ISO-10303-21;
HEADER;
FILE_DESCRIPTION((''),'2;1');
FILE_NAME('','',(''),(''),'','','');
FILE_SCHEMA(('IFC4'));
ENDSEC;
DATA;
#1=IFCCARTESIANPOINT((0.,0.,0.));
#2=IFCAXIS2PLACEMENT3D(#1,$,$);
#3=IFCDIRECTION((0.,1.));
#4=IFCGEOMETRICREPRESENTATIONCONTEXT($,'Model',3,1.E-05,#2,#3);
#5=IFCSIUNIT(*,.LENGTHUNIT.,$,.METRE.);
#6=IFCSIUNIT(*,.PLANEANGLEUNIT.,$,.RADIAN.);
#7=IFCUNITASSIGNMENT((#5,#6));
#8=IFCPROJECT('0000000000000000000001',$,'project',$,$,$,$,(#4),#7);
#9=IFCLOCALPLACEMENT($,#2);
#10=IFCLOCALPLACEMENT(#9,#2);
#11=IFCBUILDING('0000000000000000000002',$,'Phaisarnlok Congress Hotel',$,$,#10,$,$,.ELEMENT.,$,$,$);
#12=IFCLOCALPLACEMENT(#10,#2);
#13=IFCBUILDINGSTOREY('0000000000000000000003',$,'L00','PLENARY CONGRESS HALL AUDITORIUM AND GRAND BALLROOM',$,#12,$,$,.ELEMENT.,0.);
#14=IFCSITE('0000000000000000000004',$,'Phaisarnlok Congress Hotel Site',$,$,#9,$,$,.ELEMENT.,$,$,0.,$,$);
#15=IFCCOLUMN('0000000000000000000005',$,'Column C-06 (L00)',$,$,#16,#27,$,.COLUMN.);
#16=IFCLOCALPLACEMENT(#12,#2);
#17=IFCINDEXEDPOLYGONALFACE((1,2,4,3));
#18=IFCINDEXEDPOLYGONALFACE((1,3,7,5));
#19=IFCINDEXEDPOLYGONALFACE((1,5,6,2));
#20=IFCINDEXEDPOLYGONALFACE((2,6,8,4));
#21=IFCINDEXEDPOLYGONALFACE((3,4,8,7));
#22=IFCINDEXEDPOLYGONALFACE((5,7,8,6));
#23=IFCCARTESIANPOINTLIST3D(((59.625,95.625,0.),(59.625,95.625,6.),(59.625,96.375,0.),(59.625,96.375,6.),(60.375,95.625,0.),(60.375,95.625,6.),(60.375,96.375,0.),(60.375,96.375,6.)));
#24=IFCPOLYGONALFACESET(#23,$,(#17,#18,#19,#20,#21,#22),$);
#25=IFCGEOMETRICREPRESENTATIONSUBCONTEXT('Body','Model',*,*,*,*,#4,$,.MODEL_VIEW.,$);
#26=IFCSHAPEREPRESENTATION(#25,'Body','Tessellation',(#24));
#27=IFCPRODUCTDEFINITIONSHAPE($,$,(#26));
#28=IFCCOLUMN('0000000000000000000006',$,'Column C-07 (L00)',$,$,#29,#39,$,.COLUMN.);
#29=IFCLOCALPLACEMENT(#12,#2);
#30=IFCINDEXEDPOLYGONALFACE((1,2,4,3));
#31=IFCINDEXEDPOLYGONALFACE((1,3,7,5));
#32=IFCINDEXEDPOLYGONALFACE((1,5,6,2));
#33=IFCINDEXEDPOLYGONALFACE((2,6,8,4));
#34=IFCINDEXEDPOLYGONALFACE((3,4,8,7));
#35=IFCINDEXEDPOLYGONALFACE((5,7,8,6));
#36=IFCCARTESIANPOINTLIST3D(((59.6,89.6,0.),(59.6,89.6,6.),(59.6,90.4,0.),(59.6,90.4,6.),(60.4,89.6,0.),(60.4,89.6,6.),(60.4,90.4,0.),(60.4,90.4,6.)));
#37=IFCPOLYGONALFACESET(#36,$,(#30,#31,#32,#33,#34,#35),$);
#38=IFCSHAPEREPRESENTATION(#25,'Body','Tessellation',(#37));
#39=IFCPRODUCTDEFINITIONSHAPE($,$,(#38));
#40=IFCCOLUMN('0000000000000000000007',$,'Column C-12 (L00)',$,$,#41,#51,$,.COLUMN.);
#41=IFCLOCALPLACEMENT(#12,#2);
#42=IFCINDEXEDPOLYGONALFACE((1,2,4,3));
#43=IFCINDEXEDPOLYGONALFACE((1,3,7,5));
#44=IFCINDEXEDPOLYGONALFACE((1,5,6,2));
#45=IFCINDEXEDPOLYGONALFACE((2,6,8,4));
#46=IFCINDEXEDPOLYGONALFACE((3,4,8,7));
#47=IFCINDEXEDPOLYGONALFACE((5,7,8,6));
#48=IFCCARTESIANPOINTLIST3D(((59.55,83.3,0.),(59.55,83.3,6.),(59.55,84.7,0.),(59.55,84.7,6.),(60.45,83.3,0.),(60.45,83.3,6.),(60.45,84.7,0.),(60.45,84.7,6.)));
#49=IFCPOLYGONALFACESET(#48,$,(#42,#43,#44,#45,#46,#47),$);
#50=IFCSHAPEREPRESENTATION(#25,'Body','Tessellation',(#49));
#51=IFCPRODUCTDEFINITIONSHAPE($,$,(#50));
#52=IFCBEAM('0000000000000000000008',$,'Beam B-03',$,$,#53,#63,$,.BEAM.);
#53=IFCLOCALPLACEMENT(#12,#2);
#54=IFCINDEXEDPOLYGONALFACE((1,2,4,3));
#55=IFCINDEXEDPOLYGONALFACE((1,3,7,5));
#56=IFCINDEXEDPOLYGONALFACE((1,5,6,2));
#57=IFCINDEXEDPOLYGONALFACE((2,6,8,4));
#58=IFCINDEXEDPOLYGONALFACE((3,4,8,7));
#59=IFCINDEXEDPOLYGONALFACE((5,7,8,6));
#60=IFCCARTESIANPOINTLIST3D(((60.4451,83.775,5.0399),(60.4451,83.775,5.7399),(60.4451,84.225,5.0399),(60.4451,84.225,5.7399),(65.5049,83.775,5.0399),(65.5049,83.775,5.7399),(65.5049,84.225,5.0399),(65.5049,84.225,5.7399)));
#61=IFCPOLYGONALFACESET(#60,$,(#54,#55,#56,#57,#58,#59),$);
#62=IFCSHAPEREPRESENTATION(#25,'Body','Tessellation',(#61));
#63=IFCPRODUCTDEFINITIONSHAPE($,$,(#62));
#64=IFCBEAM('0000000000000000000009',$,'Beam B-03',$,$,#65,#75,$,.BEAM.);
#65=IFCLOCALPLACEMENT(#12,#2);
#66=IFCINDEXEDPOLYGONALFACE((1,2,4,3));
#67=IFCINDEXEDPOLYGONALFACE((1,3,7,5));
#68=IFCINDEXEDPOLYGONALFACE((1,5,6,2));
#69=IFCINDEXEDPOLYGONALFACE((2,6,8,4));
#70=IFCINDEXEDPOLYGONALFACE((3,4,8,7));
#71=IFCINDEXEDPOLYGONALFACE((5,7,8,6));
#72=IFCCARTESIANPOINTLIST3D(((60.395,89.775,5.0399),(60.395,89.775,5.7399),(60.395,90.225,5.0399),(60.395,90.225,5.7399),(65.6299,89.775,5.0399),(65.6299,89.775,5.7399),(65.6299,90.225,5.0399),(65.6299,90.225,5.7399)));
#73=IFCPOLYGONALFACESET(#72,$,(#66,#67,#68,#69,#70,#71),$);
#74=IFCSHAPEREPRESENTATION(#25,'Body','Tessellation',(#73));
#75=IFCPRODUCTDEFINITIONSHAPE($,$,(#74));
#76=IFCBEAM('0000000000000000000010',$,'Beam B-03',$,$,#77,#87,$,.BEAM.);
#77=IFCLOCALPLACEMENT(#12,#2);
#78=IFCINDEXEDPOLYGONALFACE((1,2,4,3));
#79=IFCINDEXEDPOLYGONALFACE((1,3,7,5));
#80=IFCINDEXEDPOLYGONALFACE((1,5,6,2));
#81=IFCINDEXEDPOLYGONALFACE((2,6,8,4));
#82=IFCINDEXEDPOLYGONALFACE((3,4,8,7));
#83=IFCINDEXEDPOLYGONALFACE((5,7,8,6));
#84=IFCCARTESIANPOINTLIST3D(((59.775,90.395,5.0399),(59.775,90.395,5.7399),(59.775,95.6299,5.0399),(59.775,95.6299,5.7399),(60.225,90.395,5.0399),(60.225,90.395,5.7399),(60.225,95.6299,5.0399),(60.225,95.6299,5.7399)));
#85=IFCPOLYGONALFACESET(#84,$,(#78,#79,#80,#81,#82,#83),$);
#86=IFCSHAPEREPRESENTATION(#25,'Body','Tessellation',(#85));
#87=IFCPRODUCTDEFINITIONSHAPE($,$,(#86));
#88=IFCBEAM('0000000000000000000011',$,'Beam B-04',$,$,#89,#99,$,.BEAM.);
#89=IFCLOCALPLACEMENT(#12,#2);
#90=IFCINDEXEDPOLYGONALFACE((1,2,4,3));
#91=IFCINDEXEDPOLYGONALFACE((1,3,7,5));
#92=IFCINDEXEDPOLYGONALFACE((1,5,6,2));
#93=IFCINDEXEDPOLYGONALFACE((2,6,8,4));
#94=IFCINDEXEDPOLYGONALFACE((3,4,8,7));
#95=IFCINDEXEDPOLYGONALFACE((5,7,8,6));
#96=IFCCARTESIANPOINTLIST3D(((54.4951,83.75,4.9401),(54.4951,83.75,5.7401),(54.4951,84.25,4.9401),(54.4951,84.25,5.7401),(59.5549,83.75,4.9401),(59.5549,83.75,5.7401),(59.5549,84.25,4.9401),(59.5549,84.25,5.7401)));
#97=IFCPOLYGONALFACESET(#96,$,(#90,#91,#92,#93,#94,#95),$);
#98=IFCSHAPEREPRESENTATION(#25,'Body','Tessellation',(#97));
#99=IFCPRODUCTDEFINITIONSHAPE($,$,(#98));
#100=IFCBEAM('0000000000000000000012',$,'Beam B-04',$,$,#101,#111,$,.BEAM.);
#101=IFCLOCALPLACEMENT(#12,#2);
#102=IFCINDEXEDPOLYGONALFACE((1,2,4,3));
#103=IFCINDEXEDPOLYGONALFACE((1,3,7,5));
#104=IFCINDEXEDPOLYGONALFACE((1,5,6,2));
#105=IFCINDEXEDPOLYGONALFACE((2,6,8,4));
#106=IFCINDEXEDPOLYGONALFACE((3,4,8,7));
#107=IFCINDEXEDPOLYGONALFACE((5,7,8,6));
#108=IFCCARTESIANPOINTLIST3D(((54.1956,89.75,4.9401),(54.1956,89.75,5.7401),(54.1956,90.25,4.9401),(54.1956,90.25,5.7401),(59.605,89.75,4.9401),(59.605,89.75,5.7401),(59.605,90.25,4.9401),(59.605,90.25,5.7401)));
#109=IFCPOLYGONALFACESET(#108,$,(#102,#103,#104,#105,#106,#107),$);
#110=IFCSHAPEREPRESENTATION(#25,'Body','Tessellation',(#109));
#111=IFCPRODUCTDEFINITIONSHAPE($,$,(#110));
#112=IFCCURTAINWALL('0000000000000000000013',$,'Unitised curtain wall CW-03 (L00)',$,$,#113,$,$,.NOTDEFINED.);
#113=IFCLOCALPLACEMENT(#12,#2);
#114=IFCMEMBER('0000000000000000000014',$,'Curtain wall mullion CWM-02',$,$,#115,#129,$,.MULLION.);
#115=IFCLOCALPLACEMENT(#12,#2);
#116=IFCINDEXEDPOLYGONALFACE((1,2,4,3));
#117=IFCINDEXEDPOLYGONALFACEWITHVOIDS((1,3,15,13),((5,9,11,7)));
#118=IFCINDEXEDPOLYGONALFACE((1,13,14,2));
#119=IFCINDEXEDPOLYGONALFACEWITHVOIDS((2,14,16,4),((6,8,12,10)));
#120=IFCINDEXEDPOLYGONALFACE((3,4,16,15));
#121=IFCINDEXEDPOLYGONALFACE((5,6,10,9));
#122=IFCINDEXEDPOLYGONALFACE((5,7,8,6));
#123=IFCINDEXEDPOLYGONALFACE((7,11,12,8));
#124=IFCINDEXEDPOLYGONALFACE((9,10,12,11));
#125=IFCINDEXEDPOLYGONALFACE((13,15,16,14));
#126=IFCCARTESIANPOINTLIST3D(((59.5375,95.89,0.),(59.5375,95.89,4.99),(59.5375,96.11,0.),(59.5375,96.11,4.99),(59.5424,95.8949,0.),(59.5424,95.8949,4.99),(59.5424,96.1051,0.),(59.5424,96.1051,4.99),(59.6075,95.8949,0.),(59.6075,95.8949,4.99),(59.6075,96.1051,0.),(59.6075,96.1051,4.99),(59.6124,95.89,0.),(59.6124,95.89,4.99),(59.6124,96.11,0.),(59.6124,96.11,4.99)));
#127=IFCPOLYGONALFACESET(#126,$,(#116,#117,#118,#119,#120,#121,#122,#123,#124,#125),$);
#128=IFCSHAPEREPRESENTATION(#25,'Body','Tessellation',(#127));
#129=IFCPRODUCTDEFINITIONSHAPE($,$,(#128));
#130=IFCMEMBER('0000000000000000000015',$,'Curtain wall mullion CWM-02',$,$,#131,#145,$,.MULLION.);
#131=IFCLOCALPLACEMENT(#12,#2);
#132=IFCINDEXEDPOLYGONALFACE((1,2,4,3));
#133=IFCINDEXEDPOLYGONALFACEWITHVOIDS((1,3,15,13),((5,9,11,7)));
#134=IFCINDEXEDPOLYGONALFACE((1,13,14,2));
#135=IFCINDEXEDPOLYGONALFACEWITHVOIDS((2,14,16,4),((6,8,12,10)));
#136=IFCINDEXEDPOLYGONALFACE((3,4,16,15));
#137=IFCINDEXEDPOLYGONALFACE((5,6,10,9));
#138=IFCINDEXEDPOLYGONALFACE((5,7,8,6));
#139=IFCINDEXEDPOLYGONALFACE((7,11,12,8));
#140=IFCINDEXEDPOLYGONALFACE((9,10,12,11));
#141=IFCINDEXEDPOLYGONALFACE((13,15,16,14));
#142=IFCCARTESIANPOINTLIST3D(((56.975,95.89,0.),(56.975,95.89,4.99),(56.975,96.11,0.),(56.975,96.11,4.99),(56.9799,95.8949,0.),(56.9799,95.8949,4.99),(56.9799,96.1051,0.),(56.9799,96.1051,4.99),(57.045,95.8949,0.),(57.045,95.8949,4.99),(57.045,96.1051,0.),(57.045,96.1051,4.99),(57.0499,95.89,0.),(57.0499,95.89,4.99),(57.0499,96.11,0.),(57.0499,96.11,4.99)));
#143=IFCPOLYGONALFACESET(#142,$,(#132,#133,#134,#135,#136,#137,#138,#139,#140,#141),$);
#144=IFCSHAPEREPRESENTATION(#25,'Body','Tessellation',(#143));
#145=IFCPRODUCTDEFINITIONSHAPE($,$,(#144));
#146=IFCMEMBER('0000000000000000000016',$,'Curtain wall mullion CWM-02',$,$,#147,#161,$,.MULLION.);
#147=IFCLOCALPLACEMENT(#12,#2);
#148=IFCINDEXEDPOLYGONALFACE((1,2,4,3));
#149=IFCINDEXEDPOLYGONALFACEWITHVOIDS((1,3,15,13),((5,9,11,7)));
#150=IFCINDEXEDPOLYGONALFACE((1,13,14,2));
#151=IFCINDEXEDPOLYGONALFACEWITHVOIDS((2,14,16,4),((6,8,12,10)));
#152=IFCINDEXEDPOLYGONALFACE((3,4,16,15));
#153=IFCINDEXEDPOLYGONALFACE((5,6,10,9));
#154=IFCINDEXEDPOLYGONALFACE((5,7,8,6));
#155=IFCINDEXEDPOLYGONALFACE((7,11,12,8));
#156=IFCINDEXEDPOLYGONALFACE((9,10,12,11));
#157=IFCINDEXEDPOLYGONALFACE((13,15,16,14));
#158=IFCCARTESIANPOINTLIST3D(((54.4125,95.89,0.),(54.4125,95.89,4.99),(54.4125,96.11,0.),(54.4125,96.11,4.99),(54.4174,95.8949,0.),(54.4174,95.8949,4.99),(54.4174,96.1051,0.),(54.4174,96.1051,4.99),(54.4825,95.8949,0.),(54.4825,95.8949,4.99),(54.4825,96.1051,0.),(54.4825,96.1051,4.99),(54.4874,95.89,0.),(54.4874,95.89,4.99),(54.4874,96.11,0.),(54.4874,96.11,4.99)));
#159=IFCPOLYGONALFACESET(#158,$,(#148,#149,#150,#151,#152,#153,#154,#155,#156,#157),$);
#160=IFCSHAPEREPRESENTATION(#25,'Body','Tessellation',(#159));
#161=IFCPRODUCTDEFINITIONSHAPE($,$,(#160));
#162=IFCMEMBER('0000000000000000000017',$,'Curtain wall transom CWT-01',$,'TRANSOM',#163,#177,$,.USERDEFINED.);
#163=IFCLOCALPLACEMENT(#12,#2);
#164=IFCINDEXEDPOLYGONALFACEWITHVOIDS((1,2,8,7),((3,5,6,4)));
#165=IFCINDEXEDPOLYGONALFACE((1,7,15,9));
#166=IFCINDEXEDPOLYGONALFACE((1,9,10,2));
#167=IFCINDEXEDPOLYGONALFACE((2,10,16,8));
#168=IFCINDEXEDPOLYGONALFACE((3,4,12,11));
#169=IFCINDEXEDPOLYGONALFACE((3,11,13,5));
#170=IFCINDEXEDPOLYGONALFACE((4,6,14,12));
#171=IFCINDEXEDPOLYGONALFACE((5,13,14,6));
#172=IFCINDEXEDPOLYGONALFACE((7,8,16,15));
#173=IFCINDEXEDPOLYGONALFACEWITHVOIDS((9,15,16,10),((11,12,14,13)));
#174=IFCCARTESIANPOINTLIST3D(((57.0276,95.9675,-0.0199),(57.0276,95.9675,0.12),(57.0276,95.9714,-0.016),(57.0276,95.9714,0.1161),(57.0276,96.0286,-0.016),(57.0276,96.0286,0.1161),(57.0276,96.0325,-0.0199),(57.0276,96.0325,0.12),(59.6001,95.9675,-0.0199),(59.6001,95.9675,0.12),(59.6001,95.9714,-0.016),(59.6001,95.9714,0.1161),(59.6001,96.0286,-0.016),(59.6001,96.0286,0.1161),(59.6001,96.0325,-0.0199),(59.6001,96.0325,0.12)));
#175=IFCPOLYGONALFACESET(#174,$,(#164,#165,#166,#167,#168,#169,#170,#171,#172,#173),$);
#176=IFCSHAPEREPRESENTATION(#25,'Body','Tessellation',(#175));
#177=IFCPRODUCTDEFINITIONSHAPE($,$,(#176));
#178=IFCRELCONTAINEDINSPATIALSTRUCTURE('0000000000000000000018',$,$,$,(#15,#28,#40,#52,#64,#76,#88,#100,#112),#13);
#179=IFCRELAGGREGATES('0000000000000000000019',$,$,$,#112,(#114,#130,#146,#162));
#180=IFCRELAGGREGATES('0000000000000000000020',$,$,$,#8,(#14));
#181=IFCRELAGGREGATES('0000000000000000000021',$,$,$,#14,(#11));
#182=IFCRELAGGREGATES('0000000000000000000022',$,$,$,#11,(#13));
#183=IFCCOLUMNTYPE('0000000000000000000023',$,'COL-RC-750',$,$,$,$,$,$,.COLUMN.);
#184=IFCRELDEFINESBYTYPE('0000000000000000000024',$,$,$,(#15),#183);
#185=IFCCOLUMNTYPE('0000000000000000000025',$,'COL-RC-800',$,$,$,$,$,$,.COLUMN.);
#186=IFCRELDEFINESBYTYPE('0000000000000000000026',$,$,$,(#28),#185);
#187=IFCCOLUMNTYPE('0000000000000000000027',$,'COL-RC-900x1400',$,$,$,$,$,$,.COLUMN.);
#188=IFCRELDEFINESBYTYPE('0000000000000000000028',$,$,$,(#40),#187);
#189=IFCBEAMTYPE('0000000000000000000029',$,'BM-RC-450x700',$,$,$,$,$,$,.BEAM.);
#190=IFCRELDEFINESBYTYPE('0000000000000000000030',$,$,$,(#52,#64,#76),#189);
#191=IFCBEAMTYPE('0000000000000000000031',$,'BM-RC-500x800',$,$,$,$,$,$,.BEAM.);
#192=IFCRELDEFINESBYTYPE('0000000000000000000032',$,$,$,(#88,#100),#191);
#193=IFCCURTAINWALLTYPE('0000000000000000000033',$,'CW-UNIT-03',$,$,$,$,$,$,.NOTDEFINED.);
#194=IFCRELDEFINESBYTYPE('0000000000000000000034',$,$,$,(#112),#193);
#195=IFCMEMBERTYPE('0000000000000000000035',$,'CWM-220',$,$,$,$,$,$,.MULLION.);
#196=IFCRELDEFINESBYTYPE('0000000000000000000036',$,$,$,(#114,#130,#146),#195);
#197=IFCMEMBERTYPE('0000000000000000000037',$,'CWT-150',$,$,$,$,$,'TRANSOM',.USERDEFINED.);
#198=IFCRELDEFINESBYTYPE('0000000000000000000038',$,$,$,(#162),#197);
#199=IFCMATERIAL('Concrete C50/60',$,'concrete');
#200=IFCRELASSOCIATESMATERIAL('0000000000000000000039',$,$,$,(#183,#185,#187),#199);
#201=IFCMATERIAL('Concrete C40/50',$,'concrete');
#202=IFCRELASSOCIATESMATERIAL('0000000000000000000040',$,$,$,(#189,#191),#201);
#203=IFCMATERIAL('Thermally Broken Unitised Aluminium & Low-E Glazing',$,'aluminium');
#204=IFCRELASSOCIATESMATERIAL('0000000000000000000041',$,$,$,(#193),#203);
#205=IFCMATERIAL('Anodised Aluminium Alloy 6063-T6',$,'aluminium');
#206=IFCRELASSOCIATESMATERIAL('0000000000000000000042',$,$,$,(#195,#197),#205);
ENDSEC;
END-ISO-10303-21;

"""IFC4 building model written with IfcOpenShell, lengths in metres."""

from ifc_helpers import new_model, si_unit, direction, frame, origin, origin_2d, place, context, subcontext, project, spatial, rectangle, hollow_rectangle, extrude, material, material_profile, profile_set, type_object, element, aggregate, save


model = new_model("IFC4")

# Units and contexts
model_context = context("Model", 3, precision=1e-05, world=origin(), true_north=direction((0.0, 1.0)))
body_context = subcontext(model_context, "Body", "Model", "MODEL_VIEW")
ifc_project = project(units=[si_unit("LENGTHUNIT", "METRE"), si_unit("PLANEANGLEUNIT", "RADIAN")], contexts=[model_context])

# Site, building, storey
site_placement = place(None, origin())
site = spatial("IfcSite", under=ifc_project, at=site_placement, Name="Phaisarnlok Congress Hotel Site", CompositionType="ELEMENT", RefElevation=0.0)
building_placement = place(site_placement, origin())
building = spatial("IfcBuilding", under=site, at=building_placement, Name="Phaisarnlok Congress Hotel", CompositionType="ELEMENT")
storey_placement = place(building_placement, origin())
storey = spatial("IfcBuildingStorey", under=building, at=storey_placement, Name="L00", Description="PLENARY CONGRESS HALL AUDITORIUM AND GRAND BALLROOM", CompositionType="ELEMENT", Elevation=0.0)

# Columns
ifc_material_1 = material(Name="Concrete C50/60", Category="concrete")
ifc_material_profile_1 = material_profile(ifc_material_1, rectangle(XDim=0.75, YDim=0.75, at=origin_2d()), Name="RC 750x750")
ifc_profile_set_1 = profile_set([ifc_material_profile_1], Name="Concrete C50/60")
column_type_1 = type_object("IfcColumnType", Name="COL-RC-750", PredefinedType="COLUMN", material=ifc_profile_set_1)
column_1_placement = place(storey_placement, frame((60.0, 96.0, 0.0), z_axis=(0.0, 0.0, 1.0), x_axis=(1.0, 0.0, 0.0)))
element("IfcColumn", 1, at=column_1_placement, inside=storey, type_object=column_type_1, Name="Column C-06 (L00)", PredefinedType="COLUMN", context=body_context, shape_type="SweptSolid", body=[
    extrude(rectangle(XDim=0.75, YDim=0.75, at=origin_2d()), origin(), (0.0, 0.0, 1.0), 6.0),
])
ifc_material_profile_2 = material_profile(ifc_material_1, rectangle(XDim=0.8, YDim=0.8, at=origin_2d()), Name="RC 800x800")
ifc_profile_set_2 = profile_set([ifc_material_profile_2], Name="Concrete C50/60")
column_type_2 = type_object("IfcColumnType", Name="COL-RC-800", PredefinedType="COLUMN", material=ifc_profile_set_2)
column_2_placement = place(storey_placement, frame((60.0, 90.0, 0.0), z_axis=(0.0, 0.0, 1.0), x_axis=(1.0, 0.0, 0.0)))
element("IfcColumn", 2, at=column_2_placement, inside=storey, type_object=column_type_2, Name="Column C-07 (L00)", PredefinedType="COLUMN", context=body_context, shape_type="SweptSolid", body=[
    extrude(rectangle(XDim=0.8, YDim=0.8, at=origin_2d()), origin(), (0.0, 0.0, 1.0), 6.0),
])
ifc_material_profile_3 = material_profile(ifc_material_1, rectangle(XDim=0.8999, YDim=1.3999, at=origin_2d()), Name="RC 900x1400")
ifc_profile_set_3 = profile_set([ifc_material_profile_3], Name="Concrete C50/60")
column_type_3 = type_object("IfcColumnType", Name="COL-RC-900x1400", PredefinedType="COLUMN", material=ifc_profile_set_3)
column_3_placement = place(storey_placement, frame((60.0, 84.0, 0.0), z_axis=(0.0, 0.0, 1.0), x_axis=(1.0, 0.0, 0.0)))
element("IfcColumn", 3, at=column_3_placement, inside=storey, type_object=column_type_3, Name="Column C-12 (L00)", PredefinedType="COLUMN", context=body_context, shape_type="SweptSolid", body=[
    extrude(rectangle(XDim=0.8999, YDim=1.3999, at=origin_2d()), origin(), (0.0, 0.0, 1.0), 6.0),
])

# Beams
ifc_material_2 = material(Name="Concrete C40/50", Category="concrete")
ifc_material_profile_4 = material_profile(ifc_material_2, rectangle(XDim=0.45, YDim=0.7, at=origin_2d()), Name="RC 450x700")
ifc_profile_set_4 = profile_set([ifc_material_profile_4], Name="Concrete C40/50")
beam_type_1 = type_object("IfcBeamType", Name="BM-RC-450x700", PredefinedType="BEAM", material=ifc_profile_set_4)
beam_1_placement = place(storey_placement, frame((60.4451, 84.0, 5.3899), z_axis=(1.0, 0.0, 0.0), x_axis=(0.0, 1.0, 0.0)))
element("IfcBeam", 4, at=beam_1_placement, inside=storey, type_object=beam_type_1, Name="Beam B-03", PredefinedType="BEAM", context=body_context, shape_type="SweptSolid", body=[
    extrude(rectangle(XDim=0.45, YDim=0.7, at=origin_2d()), origin(), (0.0, 0.0, 1.0), 5.0598),
])
for number, where, z_axis, x_axis, name in (
    (5, (60.395, 90.0, 5.3899), (1.0, 0.0, 0.0), (0.0, 1.0, 0.0), "Beam B-03"),
    (6, (60.0, 90.395, 5.3899), (0.0, 1.0, 0.0), (-1.0, 0.0, 0.0), "Beam B-03"),
):
    element("IfcBeam", number, at=place(storey_placement, frame(where, z_axis=z_axis, x_axis=x_axis)), inside=storey, type_object=beam_type_1, Name=name, PredefinedType="BEAM", context=body_context, shape_type="SweptSolid", body=[
        extrude(rectangle(XDim=0.45, YDim=0.7, at=origin_2d()), origin(), (0.0, 0.0, 1.0), 5.2349),
    ])
ifc_material_profile_5 = material_profile(ifc_material_2, rectangle(XDim=0.5, YDim=0.8, at=origin_2d()), Name="RC 500x800")
ifc_profile_set_5 = profile_set([ifc_material_profile_5], Name="Concrete C40/50")
beam_type_2 = type_object("IfcBeamType", Name="BM-RC-500x800", PredefinedType="BEAM", material=ifc_profile_set_5)
beam_2_placement = place(storey_placement, frame((54.4951, 84.0, 5.3401), z_axis=(1.0, 0.0, 0.0), x_axis=(0.0, 1.0, 0.0)))
element("IfcBeam", 7, at=beam_2_placement, inside=storey, type_object=beam_type_2, Name="Beam B-04", PredefinedType="BEAM", context=body_context, shape_type="SweptSolid", body=[
    extrude(rectangle(XDim=0.5, YDim=0.8, at=origin_2d()), origin(), (0.0, 0.0, 1.0), 5.0598),
])
beam_3_placement = place(storey_placement, frame((54.1956, 90.0, 5.3401), z_axis=(1.0, 0.0, 0.0), x_axis=(0.0, 1.0, 0.0)))
element("IfcBeam", 8, at=beam_3_placement, inside=storey, type_object=beam_type_2, Name="Beam B-04", PredefinedType="BEAM", context=body_context, shape_type="SweptSolid", body=[
    extrude(rectangle(XDim=0.5, YDim=0.8, at=origin_2d()), origin(), (0.0, 0.0, 1.0), 5.4094),
])

# Curtain wall, members
ifc_material_3 = material(Name="Thermally Broken Unitised Aluminium & Low-E Glazing", Category="aluminium")
curtain_wall_type = type_object("IfcCurtainWallType", Name="CW-UNIT-03", PredefinedType="NOTDEFINED", material=ifc_material_3)
curtain_wall_placement = place(storey_placement, origin())
curtain_wall = element("IfcCurtainWall", 9, at=curtain_wall_placement, inside=storey, type_object=curtain_wall_type, Name="Unitised curtain wall CW-03 (L00)", PredefinedType="NOTDEFINED")
ifc_material_4 = material(Name="Anodised Aluminium Alloy 6063-T6", Category="aluminium")
ifc_material_profile_6 = material_profile(ifc_material_4, hollow_rectangle(XDim=0.075, YDim=0.22, WallThickness=0.0049, at=origin_2d()), Name="ALU-M 75x220x5")
ifc_profile_set_6 = profile_set([ifc_material_profile_6], Name="Anodised Aluminium Alloy 6063-T6")
member_type_1 = type_object("IfcMemberType", Name="CWM-220", PredefinedType="MULLION", material=ifc_profile_set_6)
member_1_placement = place(storey_placement, frame((59.575, 96.0, 0.0), z_axis=(0.0, 0.0, 1.0), x_axis=(-1.0, 0.0, 0.0)))
member_1 = element("IfcMember", 10, at=member_1_placement, type_object=member_type_1, Name="Curtain wall mullion CWM-02", PredefinedType="MULLION", context=body_context, shape_type="SweptSolid", body=[
    extrude(hollow_rectangle(XDim=0.075, YDim=0.22, WallThickness=0.0049, at=origin_2d()), origin(), (0.0, 0.0, 1.0), 4.99),
])
member_2_placement = place(storey_placement, frame((57.0125, 96.0, 0.0), z_axis=(0.0, 0.0, 1.0), x_axis=(-1.0, 0.0, 0.0)))
member_2 = element("IfcMember", 11, at=member_2_placement, type_object=member_type_1, Name="Curtain wall mullion CWM-02", PredefinedType="MULLION", context=body_context, shape_type="SweptSolid", body=[
    extrude(hollow_rectangle(XDim=0.075, YDim=0.22, WallThickness=0.0049, at=origin_2d()), origin(), (0.0, 0.0, 1.0), 4.99),
])
member_3_placement = place(storey_placement, frame((54.45, 96.0, 0.0), z_axis=(0.0, 0.0, 1.0), x_axis=(-1.0, 0.0, 0.0)))
member_3 = element("IfcMember", 12, at=member_3_placement, type_object=member_type_1, Name="Curtain wall mullion CWM-02", PredefinedType="MULLION", context=body_context, shape_type="SweptSolid", body=[
    extrude(hollow_rectangle(XDim=0.075, YDim=0.22, WallThickness=0.0049, at=origin_2d()), origin(), (0.0, 0.0, 1.0), 4.99),
])
ifc_material_profile_7 = material_profile(ifc_material_4, hollow_rectangle(XDim=0.0649, YDim=0.1399, WallThickness=0.0039, at=origin_2d()), Name="ALU-T 65x140x4")
ifc_profile_set_7 = profile_set([ifc_material_profile_7], Name="Anodised Aluminium Alloy 6063-T6")
member_type_2 = type_object("IfcMemberType", Name="CWT-150", ElementType="TRANSOM", PredefinedType="USERDEFINED", material=ifc_profile_set_7)
member_4_placement = place(storey_placement, frame((59.6001, 96.0, 0.05), z_axis=(-1.0, 0.0, 0.0), x_axis=(0.0, -1.0, 0.0)))
member_4 = element("IfcMember", 13, at=member_4_placement, type_object=member_type_2, Name="Curtain wall transom CWT-01", ObjectType="TRANSOM", PredefinedType="USERDEFINED", context=body_context, shape_type="SweptSolid", body=[
    extrude(hollow_rectangle(XDim=0.0649, YDim=0.1399, WallThickness=0.0039, at=origin_2d()), origin(), (0.0, 0.0, 1.0), 2.5725),
])

aggregate(curtain_wall, [member_1, member_2, member_3, member_4])

save(model, "model.ifc")
